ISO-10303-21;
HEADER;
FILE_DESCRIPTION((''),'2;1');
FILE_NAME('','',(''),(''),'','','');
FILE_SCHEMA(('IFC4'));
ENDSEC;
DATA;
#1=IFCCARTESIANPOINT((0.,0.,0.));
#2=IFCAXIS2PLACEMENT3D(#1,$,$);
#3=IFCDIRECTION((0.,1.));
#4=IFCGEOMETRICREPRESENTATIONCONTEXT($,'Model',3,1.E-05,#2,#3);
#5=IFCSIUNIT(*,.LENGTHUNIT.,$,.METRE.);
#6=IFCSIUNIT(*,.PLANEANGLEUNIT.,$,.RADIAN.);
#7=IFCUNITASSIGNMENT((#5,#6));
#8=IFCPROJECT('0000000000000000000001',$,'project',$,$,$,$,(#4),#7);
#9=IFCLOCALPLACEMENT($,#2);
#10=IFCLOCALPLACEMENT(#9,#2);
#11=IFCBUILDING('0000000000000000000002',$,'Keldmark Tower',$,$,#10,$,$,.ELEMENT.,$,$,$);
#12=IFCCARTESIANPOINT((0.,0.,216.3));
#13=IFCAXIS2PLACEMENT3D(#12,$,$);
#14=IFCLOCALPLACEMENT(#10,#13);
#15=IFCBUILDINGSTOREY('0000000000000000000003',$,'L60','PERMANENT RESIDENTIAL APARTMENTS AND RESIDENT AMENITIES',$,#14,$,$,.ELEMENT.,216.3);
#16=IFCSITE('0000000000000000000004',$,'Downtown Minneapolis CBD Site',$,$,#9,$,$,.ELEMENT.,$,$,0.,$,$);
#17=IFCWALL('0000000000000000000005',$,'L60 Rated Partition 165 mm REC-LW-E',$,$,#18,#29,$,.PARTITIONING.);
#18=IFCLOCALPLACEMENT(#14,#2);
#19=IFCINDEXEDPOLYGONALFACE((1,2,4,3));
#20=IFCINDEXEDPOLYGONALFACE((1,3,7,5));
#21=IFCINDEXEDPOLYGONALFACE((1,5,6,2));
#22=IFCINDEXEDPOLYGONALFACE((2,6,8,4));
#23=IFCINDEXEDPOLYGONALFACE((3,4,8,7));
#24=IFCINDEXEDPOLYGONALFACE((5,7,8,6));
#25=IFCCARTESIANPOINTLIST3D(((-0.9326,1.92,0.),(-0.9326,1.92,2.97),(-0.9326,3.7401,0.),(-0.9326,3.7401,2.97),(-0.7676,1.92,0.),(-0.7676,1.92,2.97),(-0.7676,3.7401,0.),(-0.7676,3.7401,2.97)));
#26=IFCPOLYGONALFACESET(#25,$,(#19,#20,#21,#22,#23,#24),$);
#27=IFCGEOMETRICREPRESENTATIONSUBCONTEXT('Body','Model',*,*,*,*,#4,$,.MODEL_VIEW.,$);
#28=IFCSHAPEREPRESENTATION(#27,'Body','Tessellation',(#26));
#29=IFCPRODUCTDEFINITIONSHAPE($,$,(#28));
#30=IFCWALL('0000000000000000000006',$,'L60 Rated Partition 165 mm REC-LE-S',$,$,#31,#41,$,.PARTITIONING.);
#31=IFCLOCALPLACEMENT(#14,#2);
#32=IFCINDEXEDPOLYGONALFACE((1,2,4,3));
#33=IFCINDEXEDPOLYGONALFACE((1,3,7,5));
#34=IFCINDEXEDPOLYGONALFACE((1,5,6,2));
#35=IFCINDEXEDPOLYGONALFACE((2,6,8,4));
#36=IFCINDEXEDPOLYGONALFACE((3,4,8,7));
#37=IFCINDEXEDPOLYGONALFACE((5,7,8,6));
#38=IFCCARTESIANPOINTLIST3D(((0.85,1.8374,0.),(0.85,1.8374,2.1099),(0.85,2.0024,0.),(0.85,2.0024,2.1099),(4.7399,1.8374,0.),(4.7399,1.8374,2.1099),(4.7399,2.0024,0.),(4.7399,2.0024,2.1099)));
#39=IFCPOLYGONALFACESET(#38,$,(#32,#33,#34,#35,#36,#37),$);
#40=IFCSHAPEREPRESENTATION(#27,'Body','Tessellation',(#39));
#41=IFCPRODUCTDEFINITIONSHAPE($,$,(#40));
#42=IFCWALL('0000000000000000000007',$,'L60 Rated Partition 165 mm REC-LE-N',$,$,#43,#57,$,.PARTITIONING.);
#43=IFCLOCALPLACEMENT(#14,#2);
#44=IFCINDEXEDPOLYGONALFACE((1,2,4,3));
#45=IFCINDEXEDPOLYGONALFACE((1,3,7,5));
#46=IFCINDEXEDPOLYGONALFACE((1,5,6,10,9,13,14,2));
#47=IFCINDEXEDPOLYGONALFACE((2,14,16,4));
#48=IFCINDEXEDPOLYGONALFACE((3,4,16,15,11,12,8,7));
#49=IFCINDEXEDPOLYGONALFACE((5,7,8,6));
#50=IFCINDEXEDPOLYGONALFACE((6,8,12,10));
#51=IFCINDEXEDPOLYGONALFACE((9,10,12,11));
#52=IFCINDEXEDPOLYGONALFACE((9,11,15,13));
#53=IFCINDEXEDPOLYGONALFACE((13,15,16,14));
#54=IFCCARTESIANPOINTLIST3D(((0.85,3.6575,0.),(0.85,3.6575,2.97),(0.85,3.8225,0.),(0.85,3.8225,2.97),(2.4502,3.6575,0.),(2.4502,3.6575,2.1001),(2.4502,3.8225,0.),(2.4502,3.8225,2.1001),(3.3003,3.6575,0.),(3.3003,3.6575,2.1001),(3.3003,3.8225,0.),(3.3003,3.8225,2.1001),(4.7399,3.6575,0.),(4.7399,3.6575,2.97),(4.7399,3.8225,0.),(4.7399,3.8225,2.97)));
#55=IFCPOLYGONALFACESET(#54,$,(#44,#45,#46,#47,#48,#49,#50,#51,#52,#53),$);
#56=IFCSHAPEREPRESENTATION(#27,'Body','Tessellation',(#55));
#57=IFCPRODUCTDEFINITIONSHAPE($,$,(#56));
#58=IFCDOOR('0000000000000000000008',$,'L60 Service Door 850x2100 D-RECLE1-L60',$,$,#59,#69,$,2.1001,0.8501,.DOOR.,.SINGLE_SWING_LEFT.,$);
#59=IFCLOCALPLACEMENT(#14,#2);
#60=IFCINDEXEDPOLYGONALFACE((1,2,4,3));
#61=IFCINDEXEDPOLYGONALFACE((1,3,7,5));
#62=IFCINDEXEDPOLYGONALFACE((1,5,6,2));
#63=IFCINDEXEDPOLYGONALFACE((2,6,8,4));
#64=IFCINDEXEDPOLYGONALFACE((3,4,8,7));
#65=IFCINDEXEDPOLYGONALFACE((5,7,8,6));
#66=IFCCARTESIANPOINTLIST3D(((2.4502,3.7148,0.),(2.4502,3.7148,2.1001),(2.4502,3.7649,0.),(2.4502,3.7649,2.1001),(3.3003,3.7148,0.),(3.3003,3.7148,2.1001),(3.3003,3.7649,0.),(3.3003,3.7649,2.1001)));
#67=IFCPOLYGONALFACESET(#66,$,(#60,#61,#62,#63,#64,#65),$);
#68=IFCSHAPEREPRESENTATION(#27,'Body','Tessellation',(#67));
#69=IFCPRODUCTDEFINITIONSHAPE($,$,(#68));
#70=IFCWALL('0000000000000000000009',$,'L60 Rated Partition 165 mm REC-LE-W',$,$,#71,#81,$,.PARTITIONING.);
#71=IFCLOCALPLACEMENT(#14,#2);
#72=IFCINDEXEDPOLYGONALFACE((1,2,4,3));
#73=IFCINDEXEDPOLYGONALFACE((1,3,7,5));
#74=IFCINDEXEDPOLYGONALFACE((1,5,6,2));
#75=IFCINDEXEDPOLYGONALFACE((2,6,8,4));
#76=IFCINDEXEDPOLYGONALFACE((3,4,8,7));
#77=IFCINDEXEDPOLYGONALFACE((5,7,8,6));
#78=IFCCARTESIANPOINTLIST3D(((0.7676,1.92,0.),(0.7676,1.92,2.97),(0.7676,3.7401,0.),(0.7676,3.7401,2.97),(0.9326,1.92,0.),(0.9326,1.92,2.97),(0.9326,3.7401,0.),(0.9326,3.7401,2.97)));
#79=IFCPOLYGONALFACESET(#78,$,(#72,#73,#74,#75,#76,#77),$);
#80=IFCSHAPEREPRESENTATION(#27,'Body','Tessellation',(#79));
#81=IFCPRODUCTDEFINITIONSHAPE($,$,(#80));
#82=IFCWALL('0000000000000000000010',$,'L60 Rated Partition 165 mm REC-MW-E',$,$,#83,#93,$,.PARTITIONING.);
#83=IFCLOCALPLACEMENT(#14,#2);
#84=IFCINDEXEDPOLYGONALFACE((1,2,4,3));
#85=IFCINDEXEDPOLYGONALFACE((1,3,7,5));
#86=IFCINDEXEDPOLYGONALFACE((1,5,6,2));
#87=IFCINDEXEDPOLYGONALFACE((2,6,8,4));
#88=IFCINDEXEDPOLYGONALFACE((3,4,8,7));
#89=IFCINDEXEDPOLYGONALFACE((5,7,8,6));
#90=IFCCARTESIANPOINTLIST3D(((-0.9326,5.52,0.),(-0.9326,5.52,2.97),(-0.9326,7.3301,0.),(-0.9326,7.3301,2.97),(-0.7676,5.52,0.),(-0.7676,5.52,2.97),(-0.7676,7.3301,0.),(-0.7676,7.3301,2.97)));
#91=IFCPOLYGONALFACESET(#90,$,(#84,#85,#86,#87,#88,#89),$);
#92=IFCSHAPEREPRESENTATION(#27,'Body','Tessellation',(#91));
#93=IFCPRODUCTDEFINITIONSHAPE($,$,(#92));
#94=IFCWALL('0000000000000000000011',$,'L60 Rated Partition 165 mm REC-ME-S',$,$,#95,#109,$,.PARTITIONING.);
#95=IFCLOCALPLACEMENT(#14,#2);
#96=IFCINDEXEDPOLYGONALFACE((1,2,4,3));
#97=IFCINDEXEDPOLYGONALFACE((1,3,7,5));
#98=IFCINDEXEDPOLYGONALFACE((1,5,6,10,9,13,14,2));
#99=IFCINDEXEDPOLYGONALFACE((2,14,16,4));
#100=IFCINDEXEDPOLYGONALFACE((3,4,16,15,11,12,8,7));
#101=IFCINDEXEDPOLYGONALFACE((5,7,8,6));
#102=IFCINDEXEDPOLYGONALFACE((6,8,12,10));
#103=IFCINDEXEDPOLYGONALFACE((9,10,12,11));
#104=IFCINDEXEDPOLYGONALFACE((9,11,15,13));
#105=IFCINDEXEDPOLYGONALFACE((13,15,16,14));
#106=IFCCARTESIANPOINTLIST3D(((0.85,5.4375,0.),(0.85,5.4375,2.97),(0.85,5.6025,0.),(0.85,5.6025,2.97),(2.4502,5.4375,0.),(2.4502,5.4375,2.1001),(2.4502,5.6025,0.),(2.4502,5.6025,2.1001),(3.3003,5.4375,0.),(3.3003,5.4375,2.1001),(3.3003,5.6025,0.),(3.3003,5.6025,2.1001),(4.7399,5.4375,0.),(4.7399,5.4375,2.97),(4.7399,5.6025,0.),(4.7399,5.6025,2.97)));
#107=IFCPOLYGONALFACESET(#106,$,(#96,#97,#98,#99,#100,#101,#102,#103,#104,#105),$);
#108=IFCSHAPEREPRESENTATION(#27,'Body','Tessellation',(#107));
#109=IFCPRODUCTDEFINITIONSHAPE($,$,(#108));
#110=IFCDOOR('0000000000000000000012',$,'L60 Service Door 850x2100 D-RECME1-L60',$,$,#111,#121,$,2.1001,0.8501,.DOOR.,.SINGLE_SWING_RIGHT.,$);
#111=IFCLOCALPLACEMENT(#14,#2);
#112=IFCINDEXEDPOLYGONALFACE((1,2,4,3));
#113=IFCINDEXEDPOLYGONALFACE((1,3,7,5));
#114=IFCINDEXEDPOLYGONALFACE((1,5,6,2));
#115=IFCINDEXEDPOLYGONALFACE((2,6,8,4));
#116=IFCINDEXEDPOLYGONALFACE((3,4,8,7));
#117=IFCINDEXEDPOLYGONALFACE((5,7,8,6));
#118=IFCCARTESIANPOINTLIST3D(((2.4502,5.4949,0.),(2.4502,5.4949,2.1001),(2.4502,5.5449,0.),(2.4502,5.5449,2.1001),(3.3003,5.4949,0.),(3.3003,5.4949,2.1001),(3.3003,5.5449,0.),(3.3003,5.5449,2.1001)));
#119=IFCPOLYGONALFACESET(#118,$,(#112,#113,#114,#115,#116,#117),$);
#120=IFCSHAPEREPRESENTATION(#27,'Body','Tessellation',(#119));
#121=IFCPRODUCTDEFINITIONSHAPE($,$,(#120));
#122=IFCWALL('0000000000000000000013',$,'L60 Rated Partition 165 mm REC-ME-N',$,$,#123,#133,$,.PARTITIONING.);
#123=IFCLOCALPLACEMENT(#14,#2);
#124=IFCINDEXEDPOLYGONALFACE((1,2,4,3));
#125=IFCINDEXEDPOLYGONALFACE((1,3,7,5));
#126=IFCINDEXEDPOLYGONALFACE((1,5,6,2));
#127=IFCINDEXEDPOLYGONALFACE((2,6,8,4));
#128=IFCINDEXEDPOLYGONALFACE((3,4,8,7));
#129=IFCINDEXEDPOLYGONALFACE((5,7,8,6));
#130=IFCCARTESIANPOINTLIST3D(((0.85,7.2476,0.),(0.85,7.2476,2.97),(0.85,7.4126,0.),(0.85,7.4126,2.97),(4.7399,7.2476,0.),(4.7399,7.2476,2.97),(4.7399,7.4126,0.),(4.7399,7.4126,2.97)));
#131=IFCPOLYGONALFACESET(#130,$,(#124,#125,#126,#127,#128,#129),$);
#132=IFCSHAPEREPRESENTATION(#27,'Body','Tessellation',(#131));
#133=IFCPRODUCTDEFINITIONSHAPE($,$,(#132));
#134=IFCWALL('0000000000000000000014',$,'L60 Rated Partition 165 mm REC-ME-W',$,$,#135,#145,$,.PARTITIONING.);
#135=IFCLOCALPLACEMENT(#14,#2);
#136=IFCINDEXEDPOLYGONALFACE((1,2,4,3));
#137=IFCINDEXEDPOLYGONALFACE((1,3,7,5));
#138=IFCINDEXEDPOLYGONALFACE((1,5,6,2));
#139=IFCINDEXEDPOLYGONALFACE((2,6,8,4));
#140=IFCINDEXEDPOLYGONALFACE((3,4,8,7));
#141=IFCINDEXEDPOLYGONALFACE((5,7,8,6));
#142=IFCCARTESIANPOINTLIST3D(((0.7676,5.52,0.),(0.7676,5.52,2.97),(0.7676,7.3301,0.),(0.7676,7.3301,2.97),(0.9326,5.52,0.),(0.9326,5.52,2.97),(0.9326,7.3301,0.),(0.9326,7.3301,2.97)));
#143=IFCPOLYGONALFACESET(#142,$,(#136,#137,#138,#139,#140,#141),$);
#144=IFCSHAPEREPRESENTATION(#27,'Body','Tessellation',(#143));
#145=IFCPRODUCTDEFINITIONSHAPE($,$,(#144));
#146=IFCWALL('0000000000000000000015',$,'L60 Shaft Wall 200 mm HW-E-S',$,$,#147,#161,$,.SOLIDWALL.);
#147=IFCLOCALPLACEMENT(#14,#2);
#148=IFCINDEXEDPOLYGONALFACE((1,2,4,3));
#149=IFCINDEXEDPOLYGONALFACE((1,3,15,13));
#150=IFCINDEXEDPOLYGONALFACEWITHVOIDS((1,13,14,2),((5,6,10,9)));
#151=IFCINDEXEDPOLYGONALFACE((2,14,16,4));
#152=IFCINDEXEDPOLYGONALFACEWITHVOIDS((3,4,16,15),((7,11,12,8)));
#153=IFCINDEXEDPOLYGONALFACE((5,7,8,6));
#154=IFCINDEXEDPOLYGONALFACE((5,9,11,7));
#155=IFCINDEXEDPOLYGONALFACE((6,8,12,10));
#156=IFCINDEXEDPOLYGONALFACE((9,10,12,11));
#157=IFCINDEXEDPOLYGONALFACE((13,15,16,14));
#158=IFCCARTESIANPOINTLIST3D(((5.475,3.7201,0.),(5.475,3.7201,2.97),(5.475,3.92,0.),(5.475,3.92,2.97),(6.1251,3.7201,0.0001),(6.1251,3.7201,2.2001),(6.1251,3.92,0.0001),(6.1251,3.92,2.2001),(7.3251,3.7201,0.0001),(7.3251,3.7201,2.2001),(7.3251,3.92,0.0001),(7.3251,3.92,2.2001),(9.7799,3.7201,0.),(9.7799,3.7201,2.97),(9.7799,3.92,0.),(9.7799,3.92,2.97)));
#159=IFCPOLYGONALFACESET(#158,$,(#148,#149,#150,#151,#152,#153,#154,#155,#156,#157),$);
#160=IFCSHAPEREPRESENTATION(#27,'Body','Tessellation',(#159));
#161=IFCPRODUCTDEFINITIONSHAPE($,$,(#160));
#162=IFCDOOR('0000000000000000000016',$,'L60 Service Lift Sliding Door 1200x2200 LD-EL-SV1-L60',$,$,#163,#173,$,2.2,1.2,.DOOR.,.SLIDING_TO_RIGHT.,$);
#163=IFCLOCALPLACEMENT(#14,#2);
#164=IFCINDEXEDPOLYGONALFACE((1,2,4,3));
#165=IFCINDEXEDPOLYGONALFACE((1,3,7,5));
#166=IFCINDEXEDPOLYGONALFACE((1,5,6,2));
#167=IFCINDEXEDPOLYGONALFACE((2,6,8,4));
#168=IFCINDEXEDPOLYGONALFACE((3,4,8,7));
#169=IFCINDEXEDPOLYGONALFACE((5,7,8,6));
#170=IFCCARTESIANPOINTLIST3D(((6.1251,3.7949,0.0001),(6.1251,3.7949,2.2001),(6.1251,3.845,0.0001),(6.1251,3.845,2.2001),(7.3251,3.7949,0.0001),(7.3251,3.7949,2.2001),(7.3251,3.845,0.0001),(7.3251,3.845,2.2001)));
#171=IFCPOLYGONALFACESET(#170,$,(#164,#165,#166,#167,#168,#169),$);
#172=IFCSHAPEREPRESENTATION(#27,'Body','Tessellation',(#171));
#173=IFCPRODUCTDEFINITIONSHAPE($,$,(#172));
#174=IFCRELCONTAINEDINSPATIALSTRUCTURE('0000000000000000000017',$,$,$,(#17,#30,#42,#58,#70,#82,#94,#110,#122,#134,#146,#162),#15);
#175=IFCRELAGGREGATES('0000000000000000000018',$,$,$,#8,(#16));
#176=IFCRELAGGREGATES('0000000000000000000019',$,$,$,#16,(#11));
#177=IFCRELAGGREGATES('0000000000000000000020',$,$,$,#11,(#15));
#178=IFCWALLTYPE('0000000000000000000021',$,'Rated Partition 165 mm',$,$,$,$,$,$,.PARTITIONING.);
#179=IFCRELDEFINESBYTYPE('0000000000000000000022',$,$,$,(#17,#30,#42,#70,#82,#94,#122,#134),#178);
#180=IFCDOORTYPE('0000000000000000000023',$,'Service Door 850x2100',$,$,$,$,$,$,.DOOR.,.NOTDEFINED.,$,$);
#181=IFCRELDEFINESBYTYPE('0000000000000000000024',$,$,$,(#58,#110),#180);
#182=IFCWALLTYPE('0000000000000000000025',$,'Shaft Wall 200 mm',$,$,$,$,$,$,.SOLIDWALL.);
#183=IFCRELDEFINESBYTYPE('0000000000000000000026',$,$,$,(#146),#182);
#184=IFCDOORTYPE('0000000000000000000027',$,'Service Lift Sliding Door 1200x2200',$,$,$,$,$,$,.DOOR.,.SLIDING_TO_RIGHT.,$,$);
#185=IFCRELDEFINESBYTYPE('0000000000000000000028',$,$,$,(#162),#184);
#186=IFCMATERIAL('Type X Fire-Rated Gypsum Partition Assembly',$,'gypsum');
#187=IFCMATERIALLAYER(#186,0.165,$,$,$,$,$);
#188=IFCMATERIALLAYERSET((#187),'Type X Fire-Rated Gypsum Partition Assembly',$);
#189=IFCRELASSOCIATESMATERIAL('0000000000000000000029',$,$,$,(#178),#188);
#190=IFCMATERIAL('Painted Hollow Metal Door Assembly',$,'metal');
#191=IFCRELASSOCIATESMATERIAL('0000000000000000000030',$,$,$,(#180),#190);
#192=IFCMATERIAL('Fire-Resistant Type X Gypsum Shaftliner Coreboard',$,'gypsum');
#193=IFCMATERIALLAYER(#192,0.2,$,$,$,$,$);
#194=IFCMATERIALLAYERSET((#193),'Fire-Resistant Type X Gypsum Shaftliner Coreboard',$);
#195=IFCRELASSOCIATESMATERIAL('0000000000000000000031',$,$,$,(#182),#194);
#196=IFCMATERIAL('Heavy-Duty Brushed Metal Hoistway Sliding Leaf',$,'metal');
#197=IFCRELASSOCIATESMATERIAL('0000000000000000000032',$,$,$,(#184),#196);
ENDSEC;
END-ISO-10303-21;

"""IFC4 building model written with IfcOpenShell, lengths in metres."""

from ifc_helpers import new_model, si_unit, direction, frame, frame_2d, origin, place, context, subcontext, project, spatial, rectangle, extrude, material, layer, layer_set, type_object, element, fill, save


model = new_model("IFC4")

# Units and contexts
model_context = context("Model", 3, precision=1e-05, world=origin(), true_north=direction((0.0, 1.0)))
body_context = subcontext(model_context, "Body", "Model", "MODEL_VIEW")
ifc_project = project(units=[si_unit("LENGTHUNIT", "METRE"), si_unit("PLANEANGLEUNIT", "RADIAN")], contexts=[model_context])

# Site, building, storey
site_placement = place(None, origin())
site = spatial("IfcSite", under=ifc_project, at=site_placement, Name="Downtown Minneapolis CBD Site", CompositionType="ELEMENT", RefElevation=0.0)
building_placement = place(site_placement, origin())
building = spatial("IfcBuilding", under=site, at=building_placement, Name="Keldmark Tower", CompositionType="ELEMENT")
storey_placement = place(building_placement, frame((0.0, 0.0, 216.3)))
storey = spatial("IfcBuildingStorey", under=building, at=storey_placement, Name="L60", Description="PERMANENT RESIDENTIAL APARTMENTS AND RESIDENT AMENITIES", CompositionType="ELEMENT", Elevation=216.3)

# Walls
ifc_material_1 = material(Name="Type X Fire-Rated Gypsum Partition Assembly", Category="gypsum")
ifc_layer_1 = layer(ifc_material_1, 0.165)
ifc_layer_set_1 = layer_set([ifc_layer_1], Name="Type X Fire-Rated Gypsum Partition Assembly")
wall_type_1 = type_object("IfcWallType", Name="Rated Partition 165 mm", PredefinedType="PARTITIONING", material=ifc_layer_set_1)
wall_1_placement = place(storey_placement, frame((-0.8501, 1.9199, 0.0), z_axis=(0.0, 0.0, 1.0), x_axis=(0.0, 1.0, 0.0)))
element("IfcWall", 1, at=wall_1_placement, inside=storey, type_object=wall_type_1, Name="L60 Rated Partition 165 mm REC-LW-E", PredefinedType="PARTITIONING", context=body_context, shape_type="SweptSolid", body=[
    extrude(rectangle(XDim=1.8201, YDim=0.165, at=frame_2d((0.9102, 0.0))), origin(), (0.0, 0.0, 1.0), 2.97),
])
wall_2_placement = place(storey_placement, frame((0.8501, 1.9199, 0.0), z_axis=(0.0, 0.0, 1.0), x_axis=(1.0, 0.0, 0.0)))
element("IfcWall", 2, at=wall_2_placement, inside=storey, type_object=wall_type_1, Name="L60 Rated Partition 165 mm REC-LE-S", PredefinedType="PARTITIONING", context=body_context, shape_type="SweptSolid", body=[
    extrude(rectangle(XDim=3.8899, YDim=0.165, at=frame_2d((1.9448, 0.0))), origin(), (0.0, 0.0, 1.0), 2.1099),
])

# Wall, opening, door
wall_3_placement = place(storey_placement, frame((0.8501, 3.74, 0.0), z_axis=(0.0, 0.0, 1.0), x_axis=(1.0, 0.0, 0.0)))
wall_3 = element("IfcWall", 3, at=wall_3_placement, inside=storey, type_object=wall_type_1, Name="L60 Rated Partition 165 mm REC-LE-N", PredefinedType="PARTITIONING", context=body_context, shape_type="SweptSolid", body=[
    extrude(rectangle(XDim=3.8899, YDim=0.165, at=frame_2d((1.9448, 0.0))), origin(), (0.0, 0.0, 1.0), 2.97),
])
opening_1_placement = place(wall_3_placement, frame((1.6001, 0.0, 0.0)))
opening_1 = element("IfcOpeningElement", 4, at=opening_1_placement, cuts=wall_3, PredefinedType="OPENING", context=body_context, shape_type="SweptSolid", body=[
    extrude(rectangle(XDim=0.8501, YDim=2.1001, at=frame_2d((0.425, 1.05))), frame((0.0, 0.0925, 0.0), z_axis=(0.0, -1.0, 0.0), x_axis=(1.0, 0.0, 0.0)), (0.0, 0.0, 1.0), 0.1851),
])
ifc_material_2 = material(Name="Painted Hollow Metal Door Assembly", Category="metal")
door_type_1 = type_object("IfcDoorType", Name="Service Door 850x2100", OperationType="NOTDEFINED", PredefinedType="DOOR", material=ifc_material_2)
door_1_placement = place(opening_1_placement, origin())
door_1 = element("IfcDoor", 5, at=door_1_placement, inside=storey, type_object=door_type_1, Name="L60 Service Door 850x2100 D-RECLE1-L60", OperationType="SINGLE_SWING_LEFT", OverallHeight=2.1001, OverallWidth=0.8501, PredefinedType="DOOR", context=body_context, shape_type="SweptSolid", body=[
    extrude(rectangle(XDim=0.8501, YDim=2.1001, at=frame_2d((0.425, 1.05))), frame((0.0, 0.0249, 0.0), z_axis=(0.0, -1.0, 0.0), x_axis=(1.0, 0.0, 0.0)), (0.0, 0.0, 1.0), 0.05),
])
fill(opening_1, door_1)

# Walls
wall_4_placement = place(storey_placement, frame((0.8501, 1.9199, 0.0), z_axis=(0.0, 0.0, 1.0), x_axis=(0.0, 1.0, 0.0)))
element("IfcWall", 6, at=wall_4_placement, inside=storey, type_object=wall_type_1, Name="L60 Rated Partition 165 mm REC-LE-W", PredefinedType="PARTITIONING", context=body_context, shape_type="SweptSolid", body=[
    extrude(rectangle(XDim=1.8201, YDim=0.165, at=frame_2d((0.9102, 0.0))), origin(), (0.0, 0.0, 1.0), 2.97),
])
wall_5_placement = place(storey_placement, frame((-0.8501, 5.52, 0.0), z_axis=(0.0, 0.0, 1.0), x_axis=(0.0, 1.0, 0.0)))
element("IfcWall", 7, at=wall_5_placement, inside=storey, type_object=wall_type_1, Name="L60 Rated Partition 165 mm REC-MW-E", PredefinedType="PARTITIONING", context=body_context, shape_type="SweptSolid", body=[
    extrude(rectangle(XDim=1.8101, YDim=0.165, at=frame_2d((0.905, 0.0))), origin(), (0.0, 0.0, 1.0), 2.97),
])

# Wall, opening, door
wall_6_placement = place(storey_placement, frame((0.8501, 5.52, 0.0), z_axis=(0.0, 0.0, 1.0), x_axis=(1.0, 0.0, 0.0)))
wall_6 = element("IfcWall", 8, at=wall_6_placement, inside=storey, type_object=wall_type_1, Name="L60 Rated Partition 165 mm REC-ME-S", PredefinedType="PARTITIONING", context=body_context, shape_type="SweptSolid", body=[
    extrude(rectangle(XDim=3.8899, YDim=0.165, at=frame_2d((1.9448, 0.0))), origin(), (0.0, 0.0, 1.0), 2.97),
])
opening_2_placement = place(wall_6_placement, frame((1.6001, 0.0, 0.0)))
opening_2 = element("IfcOpeningElement", 9, at=opening_2_placement, cuts=wall_6, PredefinedType="OPENING", context=body_context, shape_type="SweptSolid", body=[
    extrude(rectangle(XDim=0.8501, YDim=2.1001, at=frame_2d((0.425, 1.05))), frame((0.0, 0.0925, 0.0), z_axis=(0.0, -1.0, 0.0), x_axis=(1.0, 0.0, 0.0)), (0.0, 0.0, 1.0), 0.1851),
])
door_2_placement = place(opening_2_placement, origin())
door_2 = element("IfcDoor", 10, at=door_2_placement, inside=storey, type_object=door_type_1, Name="L60 Service Door 850x2100 D-RECME1-L60", OperationType="SINGLE_SWING_RIGHT", OverallHeight=2.1001, OverallWidth=0.8501, PredefinedType="DOOR", context=body_context, shape_type="SweptSolid", body=[
    extrude(rectangle(XDim=0.8501, YDim=2.1001, at=frame_2d((0.425, 1.05))), frame((0.0, 0.0249, 0.0), z_axis=(0.0, -1.0, 0.0), x_axis=(1.0, 0.0, 0.0)), (0.0, 0.0, 1.0), 0.05),
])
fill(opening_2, door_2)

# Walls
wall_7_placement = place(storey_placement, frame((0.8501, 7.3301, 0.0), z_axis=(0.0, 0.0, 1.0), x_axis=(1.0, 0.0, 0.0)))
element("IfcWall", 11, at=wall_7_placement, inside=storey, type_object=wall_type_1, Name="L60 Rated Partition 165 mm REC-ME-N", PredefinedType="PARTITIONING", context=body_context, shape_type="SweptSolid", body=[
    extrude(rectangle(XDim=3.8899, YDim=0.165, at=frame_2d((1.9448, 0.0))), origin(), (0.0, 0.0, 1.0), 2.97),
])
wall_8_placement = place(storey_placement, frame((0.8501, 5.52, 0.0), z_axis=(0.0, 0.0, 1.0), x_axis=(0.0, 1.0, 0.0)))
element("IfcWall", 12, at=wall_8_placement, inside=storey, type_object=wall_type_1, Name="L60 Rated Partition 165 mm REC-ME-W", PredefinedType="PARTITIONING", context=body_context, shape_type="SweptSolid", body=[
    extrude(rectangle(XDim=1.8101, YDim=0.165, at=frame_2d((0.905, 0.0))), origin(), (0.0, 0.0, 1.0), 2.97),
])

# Wall, opening, door
ifc_material_3 = material(Name="Fire-Resistant Type X Gypsum Shaftliner Coreboard", Category="gypsum")
ifc_layer_2 = layer(ifc_material_3, 0.2)
ifc_layer_set_2 = layer_set([ifc_layer_2], Name="Fire-Resistant Type X Gypsum Shaftliner Coreboard")
wall_type_2 = type_object("IfcWallType", Name="Shaft Wall 200 mm", PredefinedType="SOLIDWALL", material=ifc_layer_set_2)
wall_9_placement = place(storey_placement, frame((5.4751, 3.8201, 0.0), z_axis=(0.0, 0.0, 1.0), x_axis=(1.0, 0.0, 0.0)))
wall_9 = element("IfcWall", 13, at=wall_9_placement, inside=storey, type_object=wall_type_2, Name="L60 Shaft Wall 200 mm HW-E-S", PredefinedType="SOLIDWALL", context=body_context, shape_type="SweptSolid", body=[
    extrude(rectangle(XDim=4.3049, YDim=0.2, at=frame_2d((2.1523, 0.0))), origin(), (0.0, 0.0, 1.0), 2.97),
])
opening_3_placement = place(wall_9_placement, frame((0.6499, 0.0, 0.0)))
opening_3 = element("IfcOpeningElement", 14, at=opening_3_placement, cuts=wall_9, PredefinedType="OPENING", context=body_context, shape_type="SweptSolid", body=[
    extrude(rectangle(XDim=1.2, YDim=2.2, at=frame_2d((0.6001, 1.1001))), frame((0.0, 0.1099, 0.0), z_axis=(0.0, -1.0, 0.0), x_axis=(1.0, 0.0, 0.0)), (0.0, 0.0, 1.0), 0.22),
])
ifc_material_4 = material(Name="Heavy-Duty Brushed Metal Hoistway Sliding Leaf", Category="metal")
door_type_2 = type_object("IfcDoorType", Name="Service Lift Sliding Door 1200x2200", OperationType="SLIDING_TO_RIGHT", PredefinedType="DOOR", material=ifc_material_4)
door_3_placement = place(opening_3_placement, origin())
door_3 = element("IfcDoor", 15, at=door_3_placement, inside=storey, type_object=door_type_2, Name="L60 Service Lift Sliding Door 1200x2200 LD-EL-SV1-L60", OperationType="SLIDING_TO_RIGHT", OverallHeight=2.2, OverallWidth=1.2, PredefinedType="DOOR", context=body_context, shape_type="SweptSolid", body=[
    extrude(rectangle(XDim=1.2, YDim=2.2, at=frame_2d((0.6001, 1.1001))), frame((0.0, 0.0249, 0.0), z_axis=(0.0, -1.0, 0.0), x_axis=(1.0, 0.0, 0.0)), (0.0, 0.0, 1.0), 0.05),
])
fill(opening_3, door_3)

save(model, "model.ifc")
